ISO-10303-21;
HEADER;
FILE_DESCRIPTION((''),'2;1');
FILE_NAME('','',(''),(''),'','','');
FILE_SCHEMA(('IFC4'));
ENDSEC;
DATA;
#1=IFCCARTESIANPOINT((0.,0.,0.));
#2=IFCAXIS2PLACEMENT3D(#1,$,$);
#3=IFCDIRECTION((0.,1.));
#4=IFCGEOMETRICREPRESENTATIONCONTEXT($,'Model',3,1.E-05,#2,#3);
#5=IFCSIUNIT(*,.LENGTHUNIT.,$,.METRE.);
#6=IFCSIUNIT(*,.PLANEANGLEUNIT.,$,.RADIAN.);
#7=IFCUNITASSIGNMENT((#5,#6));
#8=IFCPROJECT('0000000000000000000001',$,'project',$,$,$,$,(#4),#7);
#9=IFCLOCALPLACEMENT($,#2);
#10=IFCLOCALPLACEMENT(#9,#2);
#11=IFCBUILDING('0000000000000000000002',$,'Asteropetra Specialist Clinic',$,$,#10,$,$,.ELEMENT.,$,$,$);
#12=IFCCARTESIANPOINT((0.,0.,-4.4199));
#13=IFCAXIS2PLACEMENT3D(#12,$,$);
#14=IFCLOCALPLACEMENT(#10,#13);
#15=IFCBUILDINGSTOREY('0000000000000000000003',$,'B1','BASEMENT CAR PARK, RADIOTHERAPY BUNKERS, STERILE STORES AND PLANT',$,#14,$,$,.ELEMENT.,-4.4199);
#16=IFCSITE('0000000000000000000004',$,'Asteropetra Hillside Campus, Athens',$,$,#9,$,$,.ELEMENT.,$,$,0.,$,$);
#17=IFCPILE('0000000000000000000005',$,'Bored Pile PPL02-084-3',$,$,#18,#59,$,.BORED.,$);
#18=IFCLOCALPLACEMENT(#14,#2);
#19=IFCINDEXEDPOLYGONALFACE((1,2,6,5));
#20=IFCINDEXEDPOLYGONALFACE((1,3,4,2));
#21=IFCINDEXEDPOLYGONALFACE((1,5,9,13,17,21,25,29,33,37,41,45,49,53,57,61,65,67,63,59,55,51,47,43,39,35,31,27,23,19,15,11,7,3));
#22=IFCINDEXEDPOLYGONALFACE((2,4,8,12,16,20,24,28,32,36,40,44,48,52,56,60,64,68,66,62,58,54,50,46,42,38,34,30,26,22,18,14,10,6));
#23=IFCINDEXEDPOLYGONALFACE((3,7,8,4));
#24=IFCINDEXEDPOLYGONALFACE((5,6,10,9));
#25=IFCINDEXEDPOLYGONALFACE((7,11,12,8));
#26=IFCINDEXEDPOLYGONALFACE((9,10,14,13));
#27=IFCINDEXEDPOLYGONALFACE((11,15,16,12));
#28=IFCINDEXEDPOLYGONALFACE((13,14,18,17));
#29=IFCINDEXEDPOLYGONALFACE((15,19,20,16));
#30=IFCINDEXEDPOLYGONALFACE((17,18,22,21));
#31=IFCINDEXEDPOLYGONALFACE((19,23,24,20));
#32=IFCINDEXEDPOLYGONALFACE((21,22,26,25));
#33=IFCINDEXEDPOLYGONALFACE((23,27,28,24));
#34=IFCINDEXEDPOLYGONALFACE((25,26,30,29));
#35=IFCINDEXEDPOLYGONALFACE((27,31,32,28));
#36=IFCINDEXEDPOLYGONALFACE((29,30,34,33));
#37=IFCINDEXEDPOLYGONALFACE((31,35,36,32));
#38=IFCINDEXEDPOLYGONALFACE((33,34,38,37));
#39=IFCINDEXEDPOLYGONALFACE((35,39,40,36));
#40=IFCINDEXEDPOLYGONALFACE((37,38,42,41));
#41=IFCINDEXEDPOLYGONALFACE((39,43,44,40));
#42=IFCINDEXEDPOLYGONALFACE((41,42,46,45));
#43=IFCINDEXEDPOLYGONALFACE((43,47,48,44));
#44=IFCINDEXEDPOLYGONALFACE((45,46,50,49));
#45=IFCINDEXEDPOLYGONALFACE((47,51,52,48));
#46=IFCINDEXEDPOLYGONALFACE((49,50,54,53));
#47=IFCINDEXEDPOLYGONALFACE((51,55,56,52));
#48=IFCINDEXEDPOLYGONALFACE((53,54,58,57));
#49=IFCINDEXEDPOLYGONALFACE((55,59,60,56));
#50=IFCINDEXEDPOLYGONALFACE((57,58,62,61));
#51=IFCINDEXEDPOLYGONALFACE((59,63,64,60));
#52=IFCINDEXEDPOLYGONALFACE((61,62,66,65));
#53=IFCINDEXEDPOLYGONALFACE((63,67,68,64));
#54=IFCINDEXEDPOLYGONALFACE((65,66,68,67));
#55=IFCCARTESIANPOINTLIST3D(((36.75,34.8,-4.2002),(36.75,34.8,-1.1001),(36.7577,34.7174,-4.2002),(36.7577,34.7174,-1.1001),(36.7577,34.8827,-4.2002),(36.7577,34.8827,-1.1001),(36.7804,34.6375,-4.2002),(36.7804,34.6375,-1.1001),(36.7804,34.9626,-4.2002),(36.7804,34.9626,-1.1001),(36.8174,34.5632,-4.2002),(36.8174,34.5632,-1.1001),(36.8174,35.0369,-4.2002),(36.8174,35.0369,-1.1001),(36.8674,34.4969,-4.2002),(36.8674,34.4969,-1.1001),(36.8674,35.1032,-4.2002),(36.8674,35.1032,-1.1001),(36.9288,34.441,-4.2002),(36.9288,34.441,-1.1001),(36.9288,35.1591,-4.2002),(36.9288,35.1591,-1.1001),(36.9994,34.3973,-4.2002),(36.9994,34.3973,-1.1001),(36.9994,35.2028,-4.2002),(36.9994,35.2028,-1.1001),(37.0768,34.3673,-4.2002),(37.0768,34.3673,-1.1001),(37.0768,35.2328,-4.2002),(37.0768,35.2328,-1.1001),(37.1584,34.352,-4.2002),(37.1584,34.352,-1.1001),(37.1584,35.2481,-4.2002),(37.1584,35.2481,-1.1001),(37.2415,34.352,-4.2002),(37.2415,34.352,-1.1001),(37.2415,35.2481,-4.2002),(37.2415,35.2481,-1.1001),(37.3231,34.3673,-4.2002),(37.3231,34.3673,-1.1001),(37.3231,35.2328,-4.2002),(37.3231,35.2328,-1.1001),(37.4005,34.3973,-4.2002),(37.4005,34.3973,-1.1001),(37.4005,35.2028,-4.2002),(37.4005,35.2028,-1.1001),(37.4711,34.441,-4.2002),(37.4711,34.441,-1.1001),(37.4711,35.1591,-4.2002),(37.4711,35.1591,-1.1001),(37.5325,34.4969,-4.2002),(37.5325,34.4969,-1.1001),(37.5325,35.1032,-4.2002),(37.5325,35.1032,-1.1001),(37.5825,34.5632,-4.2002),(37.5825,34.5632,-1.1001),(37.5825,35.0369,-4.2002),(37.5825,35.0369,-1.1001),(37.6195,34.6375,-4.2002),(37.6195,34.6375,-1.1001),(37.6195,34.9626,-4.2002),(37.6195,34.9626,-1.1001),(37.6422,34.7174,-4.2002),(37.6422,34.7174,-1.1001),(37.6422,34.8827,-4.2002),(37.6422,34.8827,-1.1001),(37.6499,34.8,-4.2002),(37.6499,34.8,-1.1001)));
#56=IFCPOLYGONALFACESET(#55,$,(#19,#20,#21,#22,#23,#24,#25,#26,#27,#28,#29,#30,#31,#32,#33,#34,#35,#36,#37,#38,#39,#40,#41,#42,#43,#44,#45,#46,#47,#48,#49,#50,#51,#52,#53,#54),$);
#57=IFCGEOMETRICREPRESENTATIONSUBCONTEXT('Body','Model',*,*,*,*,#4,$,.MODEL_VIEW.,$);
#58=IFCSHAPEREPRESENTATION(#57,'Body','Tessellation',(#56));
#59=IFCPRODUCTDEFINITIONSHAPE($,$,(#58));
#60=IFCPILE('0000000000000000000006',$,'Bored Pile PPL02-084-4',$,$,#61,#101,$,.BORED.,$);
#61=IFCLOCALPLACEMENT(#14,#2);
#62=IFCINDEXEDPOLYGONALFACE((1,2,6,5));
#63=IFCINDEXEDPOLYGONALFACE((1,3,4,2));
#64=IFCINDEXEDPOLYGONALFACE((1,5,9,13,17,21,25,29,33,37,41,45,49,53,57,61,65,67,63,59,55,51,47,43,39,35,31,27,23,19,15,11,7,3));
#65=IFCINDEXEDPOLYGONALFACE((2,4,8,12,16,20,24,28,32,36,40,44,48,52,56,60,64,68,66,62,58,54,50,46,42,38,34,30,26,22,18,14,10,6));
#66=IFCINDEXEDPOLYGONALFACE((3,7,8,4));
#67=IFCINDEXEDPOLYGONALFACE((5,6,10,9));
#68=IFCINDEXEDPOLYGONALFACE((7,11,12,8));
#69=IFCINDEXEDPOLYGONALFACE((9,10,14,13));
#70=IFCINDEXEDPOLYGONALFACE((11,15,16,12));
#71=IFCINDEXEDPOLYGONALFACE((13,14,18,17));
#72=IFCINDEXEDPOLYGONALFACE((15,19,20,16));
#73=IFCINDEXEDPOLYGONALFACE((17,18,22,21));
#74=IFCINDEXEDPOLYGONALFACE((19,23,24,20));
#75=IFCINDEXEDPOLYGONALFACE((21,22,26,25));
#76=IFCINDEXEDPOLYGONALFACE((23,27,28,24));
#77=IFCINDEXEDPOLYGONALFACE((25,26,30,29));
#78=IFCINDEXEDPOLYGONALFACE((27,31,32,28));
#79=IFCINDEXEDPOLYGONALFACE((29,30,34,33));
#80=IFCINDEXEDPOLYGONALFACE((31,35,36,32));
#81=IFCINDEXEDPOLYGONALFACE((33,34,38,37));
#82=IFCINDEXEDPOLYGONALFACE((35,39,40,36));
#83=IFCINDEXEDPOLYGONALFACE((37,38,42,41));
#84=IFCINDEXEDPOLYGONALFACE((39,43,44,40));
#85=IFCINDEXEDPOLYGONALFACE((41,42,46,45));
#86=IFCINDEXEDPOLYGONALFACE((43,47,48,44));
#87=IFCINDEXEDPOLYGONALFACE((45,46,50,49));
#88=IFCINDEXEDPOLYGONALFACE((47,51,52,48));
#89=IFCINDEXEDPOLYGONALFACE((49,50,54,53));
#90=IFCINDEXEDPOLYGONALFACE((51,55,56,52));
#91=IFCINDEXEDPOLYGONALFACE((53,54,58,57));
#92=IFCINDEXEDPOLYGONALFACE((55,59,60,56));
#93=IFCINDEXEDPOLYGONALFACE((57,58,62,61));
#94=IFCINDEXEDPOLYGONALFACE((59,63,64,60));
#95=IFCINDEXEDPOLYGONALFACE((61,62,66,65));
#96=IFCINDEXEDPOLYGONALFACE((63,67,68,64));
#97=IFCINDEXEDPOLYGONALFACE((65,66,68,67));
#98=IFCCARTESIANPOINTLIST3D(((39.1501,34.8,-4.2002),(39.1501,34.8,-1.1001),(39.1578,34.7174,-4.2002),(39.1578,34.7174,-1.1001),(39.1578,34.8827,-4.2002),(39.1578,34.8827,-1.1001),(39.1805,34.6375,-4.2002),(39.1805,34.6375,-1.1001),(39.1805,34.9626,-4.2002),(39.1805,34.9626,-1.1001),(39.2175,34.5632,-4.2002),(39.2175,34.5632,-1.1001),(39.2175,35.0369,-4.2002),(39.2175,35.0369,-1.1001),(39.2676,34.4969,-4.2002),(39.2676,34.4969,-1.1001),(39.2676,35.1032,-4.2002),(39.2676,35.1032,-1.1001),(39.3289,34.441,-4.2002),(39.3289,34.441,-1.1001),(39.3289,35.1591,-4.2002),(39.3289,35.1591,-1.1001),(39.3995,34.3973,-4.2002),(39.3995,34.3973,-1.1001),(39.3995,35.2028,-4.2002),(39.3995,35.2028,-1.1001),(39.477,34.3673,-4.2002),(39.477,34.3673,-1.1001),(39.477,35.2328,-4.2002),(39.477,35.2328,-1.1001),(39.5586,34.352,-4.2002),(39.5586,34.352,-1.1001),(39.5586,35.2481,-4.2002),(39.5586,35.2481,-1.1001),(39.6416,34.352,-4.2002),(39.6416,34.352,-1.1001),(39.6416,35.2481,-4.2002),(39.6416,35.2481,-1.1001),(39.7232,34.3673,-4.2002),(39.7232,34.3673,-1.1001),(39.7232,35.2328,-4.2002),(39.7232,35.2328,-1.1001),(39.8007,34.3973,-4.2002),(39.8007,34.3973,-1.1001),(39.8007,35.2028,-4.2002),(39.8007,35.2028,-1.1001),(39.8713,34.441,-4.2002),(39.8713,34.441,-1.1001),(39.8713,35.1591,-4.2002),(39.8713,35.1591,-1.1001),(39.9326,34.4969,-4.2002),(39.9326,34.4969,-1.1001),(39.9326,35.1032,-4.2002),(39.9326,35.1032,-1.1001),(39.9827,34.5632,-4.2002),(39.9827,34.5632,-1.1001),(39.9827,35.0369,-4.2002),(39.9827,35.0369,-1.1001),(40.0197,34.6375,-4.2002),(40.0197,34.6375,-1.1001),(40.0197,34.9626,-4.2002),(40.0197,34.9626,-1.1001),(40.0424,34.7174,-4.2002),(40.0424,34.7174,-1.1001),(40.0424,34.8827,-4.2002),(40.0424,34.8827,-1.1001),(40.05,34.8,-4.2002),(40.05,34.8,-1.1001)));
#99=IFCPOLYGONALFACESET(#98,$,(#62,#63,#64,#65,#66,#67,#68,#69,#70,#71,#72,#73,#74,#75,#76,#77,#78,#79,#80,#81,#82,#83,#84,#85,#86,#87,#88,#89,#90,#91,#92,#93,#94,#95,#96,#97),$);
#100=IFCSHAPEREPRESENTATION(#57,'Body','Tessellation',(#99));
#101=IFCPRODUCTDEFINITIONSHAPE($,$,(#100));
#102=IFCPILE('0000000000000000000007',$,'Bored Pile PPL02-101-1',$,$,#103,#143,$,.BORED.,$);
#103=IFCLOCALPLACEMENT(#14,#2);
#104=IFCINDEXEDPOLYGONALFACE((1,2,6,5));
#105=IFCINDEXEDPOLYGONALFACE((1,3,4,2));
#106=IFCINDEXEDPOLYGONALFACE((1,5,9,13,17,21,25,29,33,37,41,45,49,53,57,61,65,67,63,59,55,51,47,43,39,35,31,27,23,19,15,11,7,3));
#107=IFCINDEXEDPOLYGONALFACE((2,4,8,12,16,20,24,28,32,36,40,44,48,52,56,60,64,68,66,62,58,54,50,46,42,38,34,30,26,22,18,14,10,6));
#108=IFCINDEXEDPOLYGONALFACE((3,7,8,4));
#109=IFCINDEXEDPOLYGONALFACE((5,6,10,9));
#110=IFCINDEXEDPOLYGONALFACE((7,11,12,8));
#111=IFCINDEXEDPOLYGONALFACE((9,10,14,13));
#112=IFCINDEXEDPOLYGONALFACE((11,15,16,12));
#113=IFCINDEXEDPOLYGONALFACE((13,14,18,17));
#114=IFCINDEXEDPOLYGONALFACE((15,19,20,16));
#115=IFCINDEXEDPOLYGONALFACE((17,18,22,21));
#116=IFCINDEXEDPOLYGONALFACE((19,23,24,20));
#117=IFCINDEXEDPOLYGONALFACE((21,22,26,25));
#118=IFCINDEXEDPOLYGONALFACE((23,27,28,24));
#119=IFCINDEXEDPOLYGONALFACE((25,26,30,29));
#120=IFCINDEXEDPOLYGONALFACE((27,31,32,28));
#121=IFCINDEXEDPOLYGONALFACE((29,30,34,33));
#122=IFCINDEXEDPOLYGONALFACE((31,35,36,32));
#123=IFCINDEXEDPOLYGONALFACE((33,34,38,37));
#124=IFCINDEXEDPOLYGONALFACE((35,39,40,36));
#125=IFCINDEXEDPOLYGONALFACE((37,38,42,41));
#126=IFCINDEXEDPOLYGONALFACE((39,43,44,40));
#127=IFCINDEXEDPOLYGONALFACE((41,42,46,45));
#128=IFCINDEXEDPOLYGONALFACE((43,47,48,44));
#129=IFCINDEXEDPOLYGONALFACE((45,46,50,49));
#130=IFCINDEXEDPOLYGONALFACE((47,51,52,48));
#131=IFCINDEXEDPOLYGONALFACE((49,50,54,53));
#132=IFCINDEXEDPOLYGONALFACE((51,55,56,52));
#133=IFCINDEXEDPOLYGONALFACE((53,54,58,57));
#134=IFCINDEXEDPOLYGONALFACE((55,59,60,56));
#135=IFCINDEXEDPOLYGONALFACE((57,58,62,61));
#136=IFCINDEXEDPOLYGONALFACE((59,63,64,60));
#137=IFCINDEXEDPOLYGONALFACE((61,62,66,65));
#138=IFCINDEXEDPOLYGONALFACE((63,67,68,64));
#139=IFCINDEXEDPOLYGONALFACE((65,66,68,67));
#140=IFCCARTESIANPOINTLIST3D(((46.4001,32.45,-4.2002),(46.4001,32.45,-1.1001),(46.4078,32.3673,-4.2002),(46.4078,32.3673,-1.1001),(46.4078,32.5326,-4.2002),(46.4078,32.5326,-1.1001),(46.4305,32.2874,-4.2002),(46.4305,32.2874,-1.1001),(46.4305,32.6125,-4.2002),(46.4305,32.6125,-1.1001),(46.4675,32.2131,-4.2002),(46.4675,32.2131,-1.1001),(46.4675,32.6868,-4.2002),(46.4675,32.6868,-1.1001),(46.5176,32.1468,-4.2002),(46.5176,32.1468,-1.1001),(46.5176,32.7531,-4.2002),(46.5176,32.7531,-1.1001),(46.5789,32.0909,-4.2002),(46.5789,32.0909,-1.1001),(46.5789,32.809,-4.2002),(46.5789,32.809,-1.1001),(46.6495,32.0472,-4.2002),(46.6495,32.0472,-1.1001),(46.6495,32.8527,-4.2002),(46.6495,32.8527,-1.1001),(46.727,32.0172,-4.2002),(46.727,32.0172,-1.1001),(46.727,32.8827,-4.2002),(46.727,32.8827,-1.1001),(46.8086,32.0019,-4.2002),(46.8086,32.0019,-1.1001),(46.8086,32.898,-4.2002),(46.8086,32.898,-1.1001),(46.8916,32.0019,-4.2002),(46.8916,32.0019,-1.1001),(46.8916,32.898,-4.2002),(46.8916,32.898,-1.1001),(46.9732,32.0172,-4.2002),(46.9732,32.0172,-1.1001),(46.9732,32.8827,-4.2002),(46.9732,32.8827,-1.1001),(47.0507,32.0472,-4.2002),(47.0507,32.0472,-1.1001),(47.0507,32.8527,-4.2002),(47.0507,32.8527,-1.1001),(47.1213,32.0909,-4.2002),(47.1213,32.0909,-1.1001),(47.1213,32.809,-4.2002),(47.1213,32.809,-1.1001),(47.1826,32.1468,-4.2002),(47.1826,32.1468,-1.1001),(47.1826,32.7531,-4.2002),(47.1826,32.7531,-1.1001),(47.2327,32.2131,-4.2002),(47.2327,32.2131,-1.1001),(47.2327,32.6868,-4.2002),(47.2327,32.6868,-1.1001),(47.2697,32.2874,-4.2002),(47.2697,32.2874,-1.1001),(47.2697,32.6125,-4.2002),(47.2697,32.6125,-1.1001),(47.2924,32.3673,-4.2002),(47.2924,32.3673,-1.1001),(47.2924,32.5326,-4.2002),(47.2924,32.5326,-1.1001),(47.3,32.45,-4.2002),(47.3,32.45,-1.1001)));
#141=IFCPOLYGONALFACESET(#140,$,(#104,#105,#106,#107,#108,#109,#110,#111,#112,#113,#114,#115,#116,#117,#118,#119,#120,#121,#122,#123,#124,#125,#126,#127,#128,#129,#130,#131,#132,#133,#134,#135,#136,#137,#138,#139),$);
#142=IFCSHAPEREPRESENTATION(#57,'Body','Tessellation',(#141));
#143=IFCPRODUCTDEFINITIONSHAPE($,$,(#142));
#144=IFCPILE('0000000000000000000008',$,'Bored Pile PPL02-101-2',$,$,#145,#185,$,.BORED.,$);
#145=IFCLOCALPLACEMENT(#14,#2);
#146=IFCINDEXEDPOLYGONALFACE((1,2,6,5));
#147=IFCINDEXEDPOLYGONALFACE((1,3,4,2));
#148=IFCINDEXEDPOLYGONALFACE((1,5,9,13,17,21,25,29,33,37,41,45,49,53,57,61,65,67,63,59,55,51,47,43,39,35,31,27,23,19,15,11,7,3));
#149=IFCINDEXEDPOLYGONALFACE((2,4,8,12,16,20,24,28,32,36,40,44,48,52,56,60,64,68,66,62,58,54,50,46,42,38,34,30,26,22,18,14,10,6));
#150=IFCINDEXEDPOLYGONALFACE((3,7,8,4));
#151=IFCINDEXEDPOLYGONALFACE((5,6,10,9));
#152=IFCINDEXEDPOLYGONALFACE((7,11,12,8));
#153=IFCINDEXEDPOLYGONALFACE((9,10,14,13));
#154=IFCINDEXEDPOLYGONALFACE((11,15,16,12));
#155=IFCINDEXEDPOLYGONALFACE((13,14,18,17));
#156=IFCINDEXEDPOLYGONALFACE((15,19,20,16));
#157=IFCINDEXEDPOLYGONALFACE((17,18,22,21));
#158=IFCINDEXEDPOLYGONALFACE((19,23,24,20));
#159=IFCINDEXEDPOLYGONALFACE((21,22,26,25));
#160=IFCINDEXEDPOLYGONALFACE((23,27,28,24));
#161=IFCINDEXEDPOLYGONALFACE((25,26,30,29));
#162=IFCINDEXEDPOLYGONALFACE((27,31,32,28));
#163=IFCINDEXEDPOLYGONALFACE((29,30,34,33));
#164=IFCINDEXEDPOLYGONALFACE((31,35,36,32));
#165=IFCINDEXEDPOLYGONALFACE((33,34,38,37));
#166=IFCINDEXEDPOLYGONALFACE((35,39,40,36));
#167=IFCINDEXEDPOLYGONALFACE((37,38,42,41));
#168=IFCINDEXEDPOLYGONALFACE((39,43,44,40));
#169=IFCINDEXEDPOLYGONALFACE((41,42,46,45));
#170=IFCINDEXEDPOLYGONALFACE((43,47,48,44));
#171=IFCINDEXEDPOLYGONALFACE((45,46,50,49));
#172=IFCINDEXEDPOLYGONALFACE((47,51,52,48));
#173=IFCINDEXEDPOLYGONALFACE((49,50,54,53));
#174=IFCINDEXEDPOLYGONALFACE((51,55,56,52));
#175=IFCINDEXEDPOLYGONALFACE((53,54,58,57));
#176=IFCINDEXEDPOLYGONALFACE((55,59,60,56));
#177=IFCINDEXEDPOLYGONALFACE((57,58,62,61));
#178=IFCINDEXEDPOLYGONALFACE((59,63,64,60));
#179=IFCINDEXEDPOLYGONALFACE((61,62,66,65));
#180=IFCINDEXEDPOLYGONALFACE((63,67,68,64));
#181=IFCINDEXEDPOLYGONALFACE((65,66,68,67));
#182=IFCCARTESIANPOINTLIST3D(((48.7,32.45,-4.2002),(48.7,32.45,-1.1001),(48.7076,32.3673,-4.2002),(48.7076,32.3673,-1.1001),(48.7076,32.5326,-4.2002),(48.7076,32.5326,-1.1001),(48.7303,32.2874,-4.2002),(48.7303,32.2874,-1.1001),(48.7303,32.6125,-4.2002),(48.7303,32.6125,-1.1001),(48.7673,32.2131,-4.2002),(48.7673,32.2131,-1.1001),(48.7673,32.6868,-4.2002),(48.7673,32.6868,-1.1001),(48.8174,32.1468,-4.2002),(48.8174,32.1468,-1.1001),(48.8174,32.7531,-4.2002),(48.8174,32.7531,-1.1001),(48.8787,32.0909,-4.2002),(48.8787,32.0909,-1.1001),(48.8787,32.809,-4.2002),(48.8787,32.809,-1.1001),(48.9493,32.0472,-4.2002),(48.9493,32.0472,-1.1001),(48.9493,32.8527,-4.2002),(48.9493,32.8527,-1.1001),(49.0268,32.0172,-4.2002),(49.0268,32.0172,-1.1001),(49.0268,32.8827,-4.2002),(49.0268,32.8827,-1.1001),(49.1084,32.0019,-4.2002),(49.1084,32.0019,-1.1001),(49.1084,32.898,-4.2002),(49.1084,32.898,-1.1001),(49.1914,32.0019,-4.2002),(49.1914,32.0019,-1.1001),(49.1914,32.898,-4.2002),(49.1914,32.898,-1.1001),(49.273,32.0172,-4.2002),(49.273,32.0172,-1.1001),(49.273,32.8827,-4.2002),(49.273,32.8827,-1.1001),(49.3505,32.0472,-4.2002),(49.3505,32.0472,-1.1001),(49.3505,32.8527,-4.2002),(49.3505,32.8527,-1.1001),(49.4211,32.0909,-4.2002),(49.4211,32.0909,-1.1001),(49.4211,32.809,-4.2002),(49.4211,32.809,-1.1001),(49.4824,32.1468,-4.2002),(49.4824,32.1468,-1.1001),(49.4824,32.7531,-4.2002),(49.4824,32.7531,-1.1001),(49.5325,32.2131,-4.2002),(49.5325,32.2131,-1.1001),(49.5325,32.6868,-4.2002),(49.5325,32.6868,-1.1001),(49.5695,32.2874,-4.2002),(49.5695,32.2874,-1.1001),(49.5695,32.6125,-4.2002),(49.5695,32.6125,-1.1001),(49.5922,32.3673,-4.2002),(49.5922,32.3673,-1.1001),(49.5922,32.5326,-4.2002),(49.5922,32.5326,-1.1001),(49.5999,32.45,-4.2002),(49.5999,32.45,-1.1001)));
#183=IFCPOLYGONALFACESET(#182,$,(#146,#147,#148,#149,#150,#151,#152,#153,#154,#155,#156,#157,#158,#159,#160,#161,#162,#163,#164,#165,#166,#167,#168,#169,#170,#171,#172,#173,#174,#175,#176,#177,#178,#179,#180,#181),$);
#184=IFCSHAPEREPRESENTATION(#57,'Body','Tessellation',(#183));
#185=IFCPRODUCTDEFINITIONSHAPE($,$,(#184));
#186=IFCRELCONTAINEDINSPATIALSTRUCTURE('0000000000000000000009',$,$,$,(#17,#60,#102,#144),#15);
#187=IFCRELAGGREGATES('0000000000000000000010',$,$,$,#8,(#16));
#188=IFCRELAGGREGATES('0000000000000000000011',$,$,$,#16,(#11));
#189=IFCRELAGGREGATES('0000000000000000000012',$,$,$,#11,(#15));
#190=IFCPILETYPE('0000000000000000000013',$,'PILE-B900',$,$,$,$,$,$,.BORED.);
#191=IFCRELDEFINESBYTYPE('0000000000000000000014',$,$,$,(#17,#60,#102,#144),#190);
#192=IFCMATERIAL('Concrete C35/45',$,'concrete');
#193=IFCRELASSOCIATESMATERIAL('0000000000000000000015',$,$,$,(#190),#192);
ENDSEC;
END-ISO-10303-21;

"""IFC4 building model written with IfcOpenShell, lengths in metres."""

from ifc_helpers import new_model, si_unit, direction, frame, origin, origin_2d, place, context, subcontext, project, spatial, circle, extrude, material, material_profile, profile_set, type_object, element, save


model = new_model("IFC4")

# Units and contexts
model_context = context("Model", 3, precision=1e-05, world=origin(), true_north=direction((0.0, 1.0)))
body_context = subcontext(model_context, "Body", "Model", "MODEL_VIEW")
ifc_project = project(units=[si_unit("LENGTHUNIT", "METRE"), si_unit("PLANEANGLEUNIT", "RADIAN")], contexts=[model_context])

# Site, building, storey
site_placement = place(None, origin())
site = spatial("IfcSite", under=ifc_project, at=site_placement, Name="Asteropetra Hillside Campus, Athens", CompositionType="ELEMENT", RefElevation=0.0)
building_placement = place(site_placement, origin())
building = spatial("IfcBuilding", under=site, at=building_placement, Name="Asteropetra Specialist Clinic", CompositionType="ELEMENT")
storey_placement = place(building_placement, frame((0.0, 0.0, -4.4199)))
storey = spatial("IfcBuildingStorey", under=building, at=storey_placement, Name="B1", Description="BASEMENT CAR PARK, RADIOTHERAPY BUNKERS, STERILE STORES AND PLANT", CompositionType="ELEMENT", Elevation=-4.4199)

# Piles
ifc_material_1 = material(Name="Concrete C35/45", Category="concrete")
ifc_material_profile_1 = material_profile(ifc_material_1, circle(Radius=0.45, at=origin_2d()), Name="PILE D900")
ifc_profile_set_1 = profile_set([ifc_material_profile_1], Name="Concrete C35/45")
pile_type_1 = type_object("IfcPileType", Name="PILE-B900", PredefinedType="BORED", material=ifc_profile_set_1)
for number, where, z_axis, x_axis, name in (
    (1, (37.2, 34.8, -1.1001), (0.0, 0.0, -1.0), (1.0, 0.0, 0.0), "Bored Pile PPL02-084-3"),
    (2, (39.6001, 34.8, -1.1001), (0.0, 0.0, -1.0), (1.0, 0.0, 0.0), "Bored Pile PPL02-084-4"),
    (3, (46.8501, 32.45, -1.1001), (0.0, 0.0, -1.0), (1.0, 0.0, 0.0), "Bored Pile PPL02-101-1"),
    (4, (49.1499, 32.45, -1.1001), (0.0, 0.0, -1.0), (1.0, 0.0, 0.0), "Bored Pile PPL02-101-2"),
):
    element("IfcPile", number, at=place(storey_placement, frame(where, z_axis=z_axis, x_axis=x_axis)), inside=storey, type_object=pile_type_1, Name=name, PredefinedType="BORED", context=body_context, shape_type="SweptSolid", body=[
        extrude(circle(Radius=0.45, at=origin_2d()), origin(), (0.0, 0.0, 1.0), 3.1001),
    ])

save(model, "model.ifc")
